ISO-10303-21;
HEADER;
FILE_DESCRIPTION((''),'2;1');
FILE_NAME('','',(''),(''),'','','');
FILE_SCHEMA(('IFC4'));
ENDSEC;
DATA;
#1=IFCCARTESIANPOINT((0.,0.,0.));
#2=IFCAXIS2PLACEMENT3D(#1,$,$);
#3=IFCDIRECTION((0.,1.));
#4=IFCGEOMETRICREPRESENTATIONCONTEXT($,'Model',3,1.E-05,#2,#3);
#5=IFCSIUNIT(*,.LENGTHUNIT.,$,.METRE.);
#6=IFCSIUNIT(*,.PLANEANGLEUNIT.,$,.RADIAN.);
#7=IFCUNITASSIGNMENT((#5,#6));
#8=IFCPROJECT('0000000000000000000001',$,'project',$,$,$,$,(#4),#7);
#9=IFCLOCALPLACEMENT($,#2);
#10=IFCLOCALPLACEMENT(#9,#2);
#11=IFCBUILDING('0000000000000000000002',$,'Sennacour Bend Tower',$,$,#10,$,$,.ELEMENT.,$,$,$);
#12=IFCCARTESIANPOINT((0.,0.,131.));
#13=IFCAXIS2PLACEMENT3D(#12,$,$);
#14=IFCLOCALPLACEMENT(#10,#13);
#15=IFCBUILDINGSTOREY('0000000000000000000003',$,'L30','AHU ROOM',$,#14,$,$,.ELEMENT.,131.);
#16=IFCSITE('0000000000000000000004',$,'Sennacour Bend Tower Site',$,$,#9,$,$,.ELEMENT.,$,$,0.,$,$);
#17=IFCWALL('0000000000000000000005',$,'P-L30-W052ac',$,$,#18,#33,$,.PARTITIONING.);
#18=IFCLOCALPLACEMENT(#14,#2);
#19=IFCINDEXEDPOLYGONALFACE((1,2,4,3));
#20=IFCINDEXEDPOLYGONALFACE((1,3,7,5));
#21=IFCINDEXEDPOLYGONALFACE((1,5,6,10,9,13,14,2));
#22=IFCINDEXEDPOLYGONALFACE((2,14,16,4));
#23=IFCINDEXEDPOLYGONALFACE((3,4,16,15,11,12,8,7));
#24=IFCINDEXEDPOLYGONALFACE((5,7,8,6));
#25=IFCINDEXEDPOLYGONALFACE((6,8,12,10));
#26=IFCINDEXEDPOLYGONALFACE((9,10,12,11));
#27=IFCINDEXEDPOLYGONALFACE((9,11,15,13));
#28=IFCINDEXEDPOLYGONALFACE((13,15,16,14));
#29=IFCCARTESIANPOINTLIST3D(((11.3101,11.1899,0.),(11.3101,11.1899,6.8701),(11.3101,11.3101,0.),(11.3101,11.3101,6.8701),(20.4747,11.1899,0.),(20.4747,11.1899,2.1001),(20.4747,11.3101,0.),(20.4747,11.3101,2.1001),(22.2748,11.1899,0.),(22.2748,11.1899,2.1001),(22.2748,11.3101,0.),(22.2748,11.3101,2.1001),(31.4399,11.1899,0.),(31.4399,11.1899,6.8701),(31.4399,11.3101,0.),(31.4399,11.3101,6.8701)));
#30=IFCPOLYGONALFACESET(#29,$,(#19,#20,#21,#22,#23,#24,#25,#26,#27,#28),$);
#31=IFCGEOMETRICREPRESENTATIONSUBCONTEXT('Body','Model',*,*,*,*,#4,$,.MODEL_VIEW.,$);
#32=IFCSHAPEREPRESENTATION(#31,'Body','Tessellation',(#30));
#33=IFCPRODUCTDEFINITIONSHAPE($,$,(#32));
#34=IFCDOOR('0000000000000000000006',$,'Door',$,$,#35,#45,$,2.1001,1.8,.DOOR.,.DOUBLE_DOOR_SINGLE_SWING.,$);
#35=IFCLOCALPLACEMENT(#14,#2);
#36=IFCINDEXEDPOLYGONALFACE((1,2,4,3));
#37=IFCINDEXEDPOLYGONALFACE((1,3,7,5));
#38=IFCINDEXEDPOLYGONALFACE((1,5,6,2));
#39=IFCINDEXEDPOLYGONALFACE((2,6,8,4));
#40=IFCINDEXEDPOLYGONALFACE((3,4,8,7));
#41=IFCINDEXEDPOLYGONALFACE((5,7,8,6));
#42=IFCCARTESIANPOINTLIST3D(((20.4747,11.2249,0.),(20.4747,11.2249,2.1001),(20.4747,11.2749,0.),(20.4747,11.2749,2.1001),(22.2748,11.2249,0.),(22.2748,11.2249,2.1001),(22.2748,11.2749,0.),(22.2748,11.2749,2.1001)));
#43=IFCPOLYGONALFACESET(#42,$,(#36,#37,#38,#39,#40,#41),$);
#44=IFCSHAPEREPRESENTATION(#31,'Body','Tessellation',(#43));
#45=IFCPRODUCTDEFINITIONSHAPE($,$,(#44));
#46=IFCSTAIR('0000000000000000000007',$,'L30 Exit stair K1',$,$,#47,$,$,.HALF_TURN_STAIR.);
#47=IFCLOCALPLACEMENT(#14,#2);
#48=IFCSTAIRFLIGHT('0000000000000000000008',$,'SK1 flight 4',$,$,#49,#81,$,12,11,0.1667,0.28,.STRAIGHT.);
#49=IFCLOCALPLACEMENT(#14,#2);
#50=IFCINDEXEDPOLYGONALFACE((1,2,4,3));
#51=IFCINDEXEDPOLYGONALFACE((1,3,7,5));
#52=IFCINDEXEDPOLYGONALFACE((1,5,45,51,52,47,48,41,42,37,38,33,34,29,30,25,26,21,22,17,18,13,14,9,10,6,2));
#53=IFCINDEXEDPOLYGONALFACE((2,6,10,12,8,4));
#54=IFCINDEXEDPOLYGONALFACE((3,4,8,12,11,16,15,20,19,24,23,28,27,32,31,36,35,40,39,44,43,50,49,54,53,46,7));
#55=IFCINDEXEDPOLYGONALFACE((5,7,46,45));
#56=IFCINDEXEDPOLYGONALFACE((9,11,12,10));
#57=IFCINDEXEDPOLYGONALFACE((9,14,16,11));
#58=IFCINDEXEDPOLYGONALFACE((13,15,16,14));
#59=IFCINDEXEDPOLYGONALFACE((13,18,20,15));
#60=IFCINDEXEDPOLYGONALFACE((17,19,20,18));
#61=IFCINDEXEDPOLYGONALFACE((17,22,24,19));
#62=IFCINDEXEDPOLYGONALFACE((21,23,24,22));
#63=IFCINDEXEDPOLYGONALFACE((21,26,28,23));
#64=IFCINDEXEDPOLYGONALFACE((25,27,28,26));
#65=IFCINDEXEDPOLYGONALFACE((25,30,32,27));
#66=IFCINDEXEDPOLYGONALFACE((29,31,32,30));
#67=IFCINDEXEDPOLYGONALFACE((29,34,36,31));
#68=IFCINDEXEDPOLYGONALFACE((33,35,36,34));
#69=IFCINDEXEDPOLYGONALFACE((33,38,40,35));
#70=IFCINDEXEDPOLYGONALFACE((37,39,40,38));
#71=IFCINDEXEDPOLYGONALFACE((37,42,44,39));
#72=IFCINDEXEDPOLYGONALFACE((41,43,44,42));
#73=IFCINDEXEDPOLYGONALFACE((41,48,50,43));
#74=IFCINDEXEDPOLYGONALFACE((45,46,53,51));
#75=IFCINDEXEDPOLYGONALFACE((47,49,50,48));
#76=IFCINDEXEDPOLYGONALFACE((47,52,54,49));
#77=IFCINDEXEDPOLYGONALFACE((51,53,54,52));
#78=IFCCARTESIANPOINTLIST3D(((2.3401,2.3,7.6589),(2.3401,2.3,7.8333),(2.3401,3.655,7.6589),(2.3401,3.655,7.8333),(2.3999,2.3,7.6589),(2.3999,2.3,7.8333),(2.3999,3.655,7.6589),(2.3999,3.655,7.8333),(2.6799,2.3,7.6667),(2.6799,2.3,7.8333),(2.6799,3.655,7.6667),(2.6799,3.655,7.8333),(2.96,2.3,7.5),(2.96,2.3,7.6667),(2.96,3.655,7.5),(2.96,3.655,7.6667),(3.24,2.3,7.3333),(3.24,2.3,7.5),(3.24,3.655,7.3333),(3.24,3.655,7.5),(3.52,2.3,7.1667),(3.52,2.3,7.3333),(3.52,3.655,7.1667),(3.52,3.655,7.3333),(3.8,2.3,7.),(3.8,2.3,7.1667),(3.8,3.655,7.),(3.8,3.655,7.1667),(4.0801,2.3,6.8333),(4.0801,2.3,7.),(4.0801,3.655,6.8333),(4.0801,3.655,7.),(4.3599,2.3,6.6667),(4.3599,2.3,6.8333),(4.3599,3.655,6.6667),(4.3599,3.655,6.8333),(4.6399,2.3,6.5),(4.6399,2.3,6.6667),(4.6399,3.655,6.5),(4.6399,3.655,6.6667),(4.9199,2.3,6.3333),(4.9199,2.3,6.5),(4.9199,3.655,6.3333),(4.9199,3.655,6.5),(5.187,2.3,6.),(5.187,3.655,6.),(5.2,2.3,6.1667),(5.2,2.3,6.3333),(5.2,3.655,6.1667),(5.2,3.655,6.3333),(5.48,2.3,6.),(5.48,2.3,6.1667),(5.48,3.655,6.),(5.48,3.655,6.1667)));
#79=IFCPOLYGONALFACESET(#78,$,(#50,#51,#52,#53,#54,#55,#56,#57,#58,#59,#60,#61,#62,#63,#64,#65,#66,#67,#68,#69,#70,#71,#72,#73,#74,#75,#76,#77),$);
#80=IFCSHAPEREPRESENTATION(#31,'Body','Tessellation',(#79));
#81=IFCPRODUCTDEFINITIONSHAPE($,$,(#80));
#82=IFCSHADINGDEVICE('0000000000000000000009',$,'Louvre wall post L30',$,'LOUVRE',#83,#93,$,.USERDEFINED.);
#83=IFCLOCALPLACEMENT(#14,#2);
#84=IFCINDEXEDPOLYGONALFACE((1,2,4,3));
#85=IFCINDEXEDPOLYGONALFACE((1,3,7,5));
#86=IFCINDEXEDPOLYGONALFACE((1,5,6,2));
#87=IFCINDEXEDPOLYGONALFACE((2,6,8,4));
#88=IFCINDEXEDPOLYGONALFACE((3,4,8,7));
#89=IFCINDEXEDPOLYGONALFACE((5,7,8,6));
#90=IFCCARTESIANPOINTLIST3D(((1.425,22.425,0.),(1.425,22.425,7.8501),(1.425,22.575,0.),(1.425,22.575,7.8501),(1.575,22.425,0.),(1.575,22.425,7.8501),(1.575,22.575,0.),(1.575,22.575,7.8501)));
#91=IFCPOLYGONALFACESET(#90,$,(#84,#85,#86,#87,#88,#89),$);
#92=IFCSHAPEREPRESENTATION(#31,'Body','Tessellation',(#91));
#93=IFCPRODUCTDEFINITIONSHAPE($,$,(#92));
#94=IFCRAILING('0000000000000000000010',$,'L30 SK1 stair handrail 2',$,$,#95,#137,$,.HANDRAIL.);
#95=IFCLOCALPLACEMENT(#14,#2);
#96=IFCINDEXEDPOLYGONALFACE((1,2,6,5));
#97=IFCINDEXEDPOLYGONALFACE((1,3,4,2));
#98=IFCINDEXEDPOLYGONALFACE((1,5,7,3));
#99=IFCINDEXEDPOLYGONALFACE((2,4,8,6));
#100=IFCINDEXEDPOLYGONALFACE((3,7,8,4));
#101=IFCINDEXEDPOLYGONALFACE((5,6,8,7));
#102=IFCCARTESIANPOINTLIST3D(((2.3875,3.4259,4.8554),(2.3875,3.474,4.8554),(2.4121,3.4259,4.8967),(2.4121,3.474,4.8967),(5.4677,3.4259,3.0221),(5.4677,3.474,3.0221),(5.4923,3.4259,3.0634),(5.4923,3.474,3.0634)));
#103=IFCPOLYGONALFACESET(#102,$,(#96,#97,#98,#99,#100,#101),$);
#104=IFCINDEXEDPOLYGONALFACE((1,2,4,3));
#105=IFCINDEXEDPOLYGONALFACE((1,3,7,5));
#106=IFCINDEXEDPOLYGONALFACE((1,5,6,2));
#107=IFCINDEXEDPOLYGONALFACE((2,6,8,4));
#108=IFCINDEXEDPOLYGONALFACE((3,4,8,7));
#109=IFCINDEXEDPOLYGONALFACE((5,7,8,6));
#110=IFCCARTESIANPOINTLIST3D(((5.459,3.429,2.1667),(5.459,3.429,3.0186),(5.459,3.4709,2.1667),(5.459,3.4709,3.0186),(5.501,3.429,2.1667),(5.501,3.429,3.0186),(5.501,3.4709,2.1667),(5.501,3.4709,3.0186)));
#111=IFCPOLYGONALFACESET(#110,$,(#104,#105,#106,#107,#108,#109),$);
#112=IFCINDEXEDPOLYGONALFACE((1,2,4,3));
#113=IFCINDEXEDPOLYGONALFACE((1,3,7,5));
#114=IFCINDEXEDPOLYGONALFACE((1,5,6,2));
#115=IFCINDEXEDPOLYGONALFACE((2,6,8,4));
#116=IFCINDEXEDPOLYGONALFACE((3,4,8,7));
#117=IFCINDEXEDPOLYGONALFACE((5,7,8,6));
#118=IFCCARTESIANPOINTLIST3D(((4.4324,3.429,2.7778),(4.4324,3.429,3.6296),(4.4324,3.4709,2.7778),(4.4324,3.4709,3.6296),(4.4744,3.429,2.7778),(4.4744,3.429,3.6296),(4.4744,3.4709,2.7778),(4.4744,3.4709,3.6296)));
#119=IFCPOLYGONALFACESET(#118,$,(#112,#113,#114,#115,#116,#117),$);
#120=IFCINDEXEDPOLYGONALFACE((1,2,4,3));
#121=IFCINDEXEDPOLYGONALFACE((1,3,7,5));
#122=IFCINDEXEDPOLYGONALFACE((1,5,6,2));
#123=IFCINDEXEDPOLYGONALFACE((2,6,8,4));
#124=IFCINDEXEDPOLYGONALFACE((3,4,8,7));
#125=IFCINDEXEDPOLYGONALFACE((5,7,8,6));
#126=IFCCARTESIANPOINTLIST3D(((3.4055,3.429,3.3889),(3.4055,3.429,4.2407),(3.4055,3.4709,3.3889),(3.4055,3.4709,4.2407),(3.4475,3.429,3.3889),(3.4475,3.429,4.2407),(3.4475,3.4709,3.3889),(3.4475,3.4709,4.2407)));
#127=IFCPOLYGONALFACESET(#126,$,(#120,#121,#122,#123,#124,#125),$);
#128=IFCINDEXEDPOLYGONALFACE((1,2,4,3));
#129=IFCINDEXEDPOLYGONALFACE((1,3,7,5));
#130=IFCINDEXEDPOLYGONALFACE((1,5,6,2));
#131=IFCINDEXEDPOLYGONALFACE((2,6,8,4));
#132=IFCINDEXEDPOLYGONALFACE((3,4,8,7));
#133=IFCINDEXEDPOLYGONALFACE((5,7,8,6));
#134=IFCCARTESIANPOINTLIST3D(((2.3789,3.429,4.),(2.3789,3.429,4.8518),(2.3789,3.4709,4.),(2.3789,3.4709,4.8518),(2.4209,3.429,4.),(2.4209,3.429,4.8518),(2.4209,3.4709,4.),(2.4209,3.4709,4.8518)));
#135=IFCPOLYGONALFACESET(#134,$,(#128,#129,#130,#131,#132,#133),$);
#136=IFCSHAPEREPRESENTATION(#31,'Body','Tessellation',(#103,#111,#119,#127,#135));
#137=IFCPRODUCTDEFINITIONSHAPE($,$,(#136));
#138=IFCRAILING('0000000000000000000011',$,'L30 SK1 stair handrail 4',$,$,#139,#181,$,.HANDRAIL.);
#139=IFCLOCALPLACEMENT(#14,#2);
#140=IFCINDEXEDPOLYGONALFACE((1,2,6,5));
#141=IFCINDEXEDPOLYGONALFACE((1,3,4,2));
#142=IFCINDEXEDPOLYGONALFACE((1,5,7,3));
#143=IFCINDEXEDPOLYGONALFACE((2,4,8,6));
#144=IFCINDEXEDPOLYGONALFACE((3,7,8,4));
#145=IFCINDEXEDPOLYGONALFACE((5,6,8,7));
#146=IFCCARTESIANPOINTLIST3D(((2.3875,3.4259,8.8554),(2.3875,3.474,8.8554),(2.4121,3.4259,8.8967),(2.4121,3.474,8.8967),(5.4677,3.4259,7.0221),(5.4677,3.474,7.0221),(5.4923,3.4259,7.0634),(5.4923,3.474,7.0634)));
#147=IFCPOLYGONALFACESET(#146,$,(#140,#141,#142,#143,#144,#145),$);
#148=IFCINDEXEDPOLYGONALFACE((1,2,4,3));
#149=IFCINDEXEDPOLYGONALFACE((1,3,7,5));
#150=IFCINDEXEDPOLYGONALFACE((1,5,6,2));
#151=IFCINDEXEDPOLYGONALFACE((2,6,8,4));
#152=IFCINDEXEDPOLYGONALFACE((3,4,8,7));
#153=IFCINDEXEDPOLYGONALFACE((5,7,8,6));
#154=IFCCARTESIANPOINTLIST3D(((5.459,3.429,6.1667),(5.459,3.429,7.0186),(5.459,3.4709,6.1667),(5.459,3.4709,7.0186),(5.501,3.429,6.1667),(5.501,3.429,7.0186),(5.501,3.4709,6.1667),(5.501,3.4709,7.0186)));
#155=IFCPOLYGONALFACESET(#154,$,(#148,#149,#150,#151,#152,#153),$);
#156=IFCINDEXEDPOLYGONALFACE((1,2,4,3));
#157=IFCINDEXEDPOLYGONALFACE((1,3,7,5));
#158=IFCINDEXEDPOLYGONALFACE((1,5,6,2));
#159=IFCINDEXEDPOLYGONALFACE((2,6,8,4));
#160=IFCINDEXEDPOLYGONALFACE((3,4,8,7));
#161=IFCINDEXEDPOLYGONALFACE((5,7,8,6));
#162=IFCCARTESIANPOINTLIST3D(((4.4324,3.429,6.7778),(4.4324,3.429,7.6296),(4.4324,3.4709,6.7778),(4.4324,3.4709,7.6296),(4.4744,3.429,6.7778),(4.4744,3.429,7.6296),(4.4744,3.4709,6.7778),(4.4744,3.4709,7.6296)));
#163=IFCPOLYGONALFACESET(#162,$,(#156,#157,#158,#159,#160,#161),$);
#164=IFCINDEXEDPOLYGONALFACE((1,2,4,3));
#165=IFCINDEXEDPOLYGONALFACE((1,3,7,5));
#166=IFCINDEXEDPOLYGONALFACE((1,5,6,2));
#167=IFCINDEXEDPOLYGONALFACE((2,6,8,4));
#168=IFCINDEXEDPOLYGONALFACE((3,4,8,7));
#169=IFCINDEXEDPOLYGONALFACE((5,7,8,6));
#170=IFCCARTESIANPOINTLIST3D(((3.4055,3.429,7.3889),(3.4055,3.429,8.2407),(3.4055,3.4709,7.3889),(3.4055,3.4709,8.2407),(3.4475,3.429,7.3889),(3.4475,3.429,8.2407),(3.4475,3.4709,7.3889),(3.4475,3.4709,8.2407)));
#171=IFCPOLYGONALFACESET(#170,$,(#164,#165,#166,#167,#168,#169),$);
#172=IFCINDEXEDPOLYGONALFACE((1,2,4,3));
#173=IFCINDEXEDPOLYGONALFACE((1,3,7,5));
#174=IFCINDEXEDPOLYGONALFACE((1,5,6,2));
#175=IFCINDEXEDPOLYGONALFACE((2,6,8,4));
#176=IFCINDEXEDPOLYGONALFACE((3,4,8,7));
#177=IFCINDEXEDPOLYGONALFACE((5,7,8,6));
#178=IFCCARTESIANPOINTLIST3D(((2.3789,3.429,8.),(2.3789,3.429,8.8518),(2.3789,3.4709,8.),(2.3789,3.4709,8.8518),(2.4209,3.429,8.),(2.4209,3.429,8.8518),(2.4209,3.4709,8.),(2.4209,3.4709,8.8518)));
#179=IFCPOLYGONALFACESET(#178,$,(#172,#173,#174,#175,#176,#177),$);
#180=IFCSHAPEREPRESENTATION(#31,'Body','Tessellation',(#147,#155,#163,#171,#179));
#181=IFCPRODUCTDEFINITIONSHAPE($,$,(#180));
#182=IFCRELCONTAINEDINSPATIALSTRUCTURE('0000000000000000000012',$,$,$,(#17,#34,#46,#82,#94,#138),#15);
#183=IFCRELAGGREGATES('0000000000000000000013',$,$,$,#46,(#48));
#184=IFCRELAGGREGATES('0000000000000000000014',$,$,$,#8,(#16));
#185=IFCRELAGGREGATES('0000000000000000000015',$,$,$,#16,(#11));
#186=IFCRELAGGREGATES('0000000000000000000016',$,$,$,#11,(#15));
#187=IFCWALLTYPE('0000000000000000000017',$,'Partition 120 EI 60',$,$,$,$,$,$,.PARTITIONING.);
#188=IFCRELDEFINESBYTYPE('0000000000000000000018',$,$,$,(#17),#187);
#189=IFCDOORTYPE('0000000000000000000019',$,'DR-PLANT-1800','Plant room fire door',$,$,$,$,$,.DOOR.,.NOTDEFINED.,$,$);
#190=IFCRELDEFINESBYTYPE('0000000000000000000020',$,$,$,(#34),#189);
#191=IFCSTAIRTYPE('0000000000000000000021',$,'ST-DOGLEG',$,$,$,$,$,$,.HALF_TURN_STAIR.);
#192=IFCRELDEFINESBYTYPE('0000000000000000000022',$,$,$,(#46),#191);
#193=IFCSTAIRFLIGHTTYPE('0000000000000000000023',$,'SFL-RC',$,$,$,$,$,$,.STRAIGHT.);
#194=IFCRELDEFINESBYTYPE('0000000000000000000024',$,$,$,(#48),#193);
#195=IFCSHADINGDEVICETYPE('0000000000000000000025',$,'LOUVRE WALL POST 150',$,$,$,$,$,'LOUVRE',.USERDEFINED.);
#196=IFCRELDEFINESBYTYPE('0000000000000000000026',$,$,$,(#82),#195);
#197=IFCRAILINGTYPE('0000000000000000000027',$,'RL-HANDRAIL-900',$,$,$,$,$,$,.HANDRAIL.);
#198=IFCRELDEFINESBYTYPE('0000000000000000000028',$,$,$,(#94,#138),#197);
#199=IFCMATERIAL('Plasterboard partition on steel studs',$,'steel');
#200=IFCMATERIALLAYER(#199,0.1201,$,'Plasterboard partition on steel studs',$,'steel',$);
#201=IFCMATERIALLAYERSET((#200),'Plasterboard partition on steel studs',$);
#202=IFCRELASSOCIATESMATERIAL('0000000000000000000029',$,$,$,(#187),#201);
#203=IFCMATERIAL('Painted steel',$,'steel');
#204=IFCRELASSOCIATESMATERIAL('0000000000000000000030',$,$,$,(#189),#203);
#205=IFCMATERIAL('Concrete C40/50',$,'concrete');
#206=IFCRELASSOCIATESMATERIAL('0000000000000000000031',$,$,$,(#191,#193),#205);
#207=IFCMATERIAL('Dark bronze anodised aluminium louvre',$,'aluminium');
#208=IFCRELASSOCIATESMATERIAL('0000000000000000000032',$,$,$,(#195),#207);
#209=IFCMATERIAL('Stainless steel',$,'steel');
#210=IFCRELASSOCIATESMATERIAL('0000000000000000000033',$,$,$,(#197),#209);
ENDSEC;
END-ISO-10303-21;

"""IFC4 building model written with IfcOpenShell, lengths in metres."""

from ifc_helpers import new_model, si_unit, direction, frame, frame_2d, origin, origin_2d, place, context, subcontext, project, spatial, polyline, rectangle, outline, extrude, material, layer, layer_set, type_object, element, fill, aggregate, save


model = new_model("IFC4")

# Units and contexts
model_context = context("Model", 3, precision=1e-05, world=origin(), true_north=direction((0.0, 1.0)))
body_context = subcontext(model_context, "Body", "Model", "MODEL_VIEW")
ifc_project = project(units=[si_unit("LENGTHUNIT", "METRE"), si_unit("PLANEANGLEUNIT", "RADIAN")], contexts=[model_context])

# Site, building, storey
site_placement = place(None, origin())
site = spatial("IfcSite", under=ifc_project, at=site_placement, Name="Sennacour Bend Tower Site", CompositionType="ELEMENT", RefElevation=0.0)
building_placement = place(site_placement, origin())
building = spatial("IfcBuilding", under=site, at=building_placement, Name="Sennacour Bend Tower", CompositionType="ELEMENT")
storey_placement = place(building_placement, frame((0.0, 0.0, 131.0)))
storey = spatial("IfcBuildingStorey", under=building, at=storey_placement, Name="L30", Description="AHU ROOM", CompositionType="ELEMENT", Elevation=131.0)

# Shared definitions
ifc_material_1 = material(Name="Plasterboard partition on steel studs", Category="steel")

# Shared definitions
ifc_material_2 = material(Name="Painted steel", Category="steel")

# Shared definitions
ifc_layer_1 = layer(ifc_material_1, 0.1201, Name="Plasterboard partition on steel studs", Category="steel")
ifc_layer_set_1 = layer_set([ifc_layer_1], Name="Plasterboard partition on steel studs")
wall_type_1 = type_object("IfcWallType", Name="Partition 120 EI 60", PredefinedType="PARTITIONING", material=ifc_layer_set_1)

# Wall, opening, door
wall_1_placement = place(storey_placement, frame((11.3101, 11.25, 0.0), z_axis=(0.0, 0.0, 1.0), x_axis=(1.0, 0.0, 0.0)))
wall_1 = element("IfcWall", 1, at=wall_1_placement, inside=storey, type_object=wall_type_1, Name="P-L30-W052ac", PredefinedType="PARTITIONING", context=body_context, shape_type="SweptSolid", body=[
    extrude(rectangle(XDim=20.1299, YDim=0.1201, at=frame_2d((10.0649, 0.0))), origin(), (0.0, 0.0, 1.0), 6.8701),
])
opening_1_placement = place(wall_1_placement, frame((9.1648, 0.0, 0.0)))
opening_1 = element("IfcOpeningElement", 2, at=opening_1_placement, cuts=wall_1, PredefinedType="OPENING", context=body_context, shape_type="SweptSolid", body=[
    extrude(rectangle(XDim=1.8, YDim=2.1001, at=frame_2d((0.8999, 1.05))), frame((0.0, 0.0701, 0.0), z_axis=(0.0, -1.0, 0.0), x_axis=(1.0, 0.0, 0.0)), (0.0, 0.0, 1.0), 0.1401),
])
door_type_1 = type_object("IfcDoorType", Name="DR-PLANT-1800", Description="Plant room fire door", OperationType="NOTDEFINED", PredefinedType="DOOR", material=ifc_material_2)
door_1_placement = place(opening_1_placement, origin())
door_1 = element("IfcDoor", 3, at=door_1_placement, inside=storey, type_object=door_type_1, Name="Door", OperationType="DOUBLE_DOOR_SINGLE_SWING", OverallHeight=2.1001, OverallWidth=1.8, PredefinedType="DOOR", context=body_context, shape_type="SweptSolid", body=[
    extrude(rectangle(XDim=1.8, YDim=2.1001, at=frame_2d((0.8999, 1.05))), frame((0.0, 0.0249, 0.0), z_axis=(0.0, -1.0, 0.0), x_axis=(1.0, 0.0, 0.0)), (0.0, 0.0, 1.0), 0.05),
])
fill(opening_1, door_1)

# Stair, stair flight
ifc_material_3 = material(Name="Concrete C40/50", Category="concrete")
stair_type = type_object("IfcStairType", Name="ST-DOGLEG", PredefinedType="HALF_TURN_STAIR", material=ifc_material_3)
stair_placement = place(storey_placement, origin())
stair = element("IfcStair", 4, at=stair_placement, inside=storey, type_object=stair_type, Name="L30 Exit stair K1", PredefinedType="HALF_TURN_STAIR")
stair_flight_type = type_object("IfcStairFlightType", Name="SFL-RC", PredefinedType="STRAIGHT", material=ifc_material_3)
stair_flight_placement = place(storey_placement, frame((5.48, 2.9775, 6.0), z_axis=(0.0, 0.0, 1.0), x_axis=(-1.0, 0.0, 0.0)))
stair_flight = element("IfcStairFlight", 5, at=stair_flight_placement, type_object=stair_flight_type, Name="SK1 flight 4", NumberOfRisers=12, NumberOfTreads=11, PredefinedType="STRAIGHT", RiserHeight=0.1667, TreadLength=0.28, context=body_context, shape_type="SweptSolid", body=[
    extrude(outline(polyline([(0.0, 0.0), (0.0, 0.1667), (0.28, 0.1667), (0.28, 0.3333), (0.5601, 0.3333), (0.5601, 0.5), (0.8401, 0.5), (0.8401, 0.6667), (1.1201, 0.6667), (1.1201, 0.8333), (1.3999, 0.8333), (1.3999, 1.0), (1.6799, 1.0), (1.6799, 1.1667), (1.96, 1.1667), (1.96, 1.3333), (2.24, 1.3333), (2.24, 1.5), (2.52, 1.5), (2.52, 1.6667), (2.8, 1.6667), (2.8, 1.8333), (3.0801, 1.8333), (3.1399, 1.8333), (3.1399, 1.6589), (3.0801, 1.6589), (0.293, 0.0), (0.0, 0.0)])), frame((0.0, 0.6775, 0.0), z_axis=(0.0, -1.0, 0.0), x_axis=(1.0, 0.0, 0.0)), (0.0, 0.0, 1.0), 1.355),
])
aggregate(stair, [stair_flight])

# Shading device
ifc_material_4 = material(Name="Dark bronze anodised aluminium louvre", Category="aluminium")
shading_device_type = type_object("IfcShadingDeviceType", Name="LOUVRE WALL POST 150", ElementType="LOUVRE", PredefinedType="USERDEFINED", material=ifc_material_4)
shading_device_placement = place(storey_placement, frame((1.5, 22.5, 0.0), z_axis=(0.0, 0.0, 1.0), x_axis=(1.0, 0.0, 0.0)))
element("IfcShadingDevice", 6, at=shading_device_placement, inside=storey, type_object=shading_device_type, Name="Louvre wall post L30", ObjectType="LOUVRE", PredefinedType="USERDEFINED", context=body_context, shape_type="SweptSolid", body=[
    extrude(rectangle(XDim=0.1499, YDim=0.1499, at=origin_2d()), origin(), (0.0, 0.0, 1.0), 7.8501),
])

# Railings
ifc_material_5 = material(Name="Stainless steel", Category="steel")
railing_type = type_object("IfcRailingType", Name="RL-HANDRAIL-900", PredefinedType="HANDRAIL", material=ifc_material_5)
for number, where, name in (
    (7, (5.48, 3.45, 2.1667), "L30 SK1 stair handrail 2"),
    (8, (5.48, 3.45, 6.1667), "L30 SK1 stair handrail 4"),
):
    element("IfcRailing", number, at=place(storey_placement, frame(where)), inside=storey, type_object=railing_type, Name=name, PredefinedType="HANDRAIL", context=body_context, shape_type="SweptSolid", body=[
        extrude(rectangle(XDim=0.0481, YDim=0.0481, at=origin_2d()), frame((0.0, 0.0, 0.876), z_axis=(-0.859309, 0.0, 0.511458), x_axis=(0.0, -1.0, 0.0)), (0.0, 0.0, 1.0), 3.5845),
        extrude(rectangle(XDim=0.042, YDim=0.042, at=origin_2d()), origin(), (0.0, 0.0, 1.0), 0.8518),
        extrude(rectangle(XDim=0.042, YDim=0.042, at=origin_2d()), frame((-1.0266, 0.0, 0.6111)), (0.0, 0.0, 1.0), 0.8518),
        extrude(rectangle(XDim=0.042, YDim=0.042, at=origin_2d()), frame((-2.0535, 0.0, 1.2222)), (0.0, 0.0, 1.0), 0.8518),
        extrude(rectangle(XDim=0.042, YDim=0.042, at=origin_2d()), frame((-3.0801, 0.0, 1.8333)), (0.0, 0.0, 1.0), 0.8518),
    ])

save(model, "model.ifc")
